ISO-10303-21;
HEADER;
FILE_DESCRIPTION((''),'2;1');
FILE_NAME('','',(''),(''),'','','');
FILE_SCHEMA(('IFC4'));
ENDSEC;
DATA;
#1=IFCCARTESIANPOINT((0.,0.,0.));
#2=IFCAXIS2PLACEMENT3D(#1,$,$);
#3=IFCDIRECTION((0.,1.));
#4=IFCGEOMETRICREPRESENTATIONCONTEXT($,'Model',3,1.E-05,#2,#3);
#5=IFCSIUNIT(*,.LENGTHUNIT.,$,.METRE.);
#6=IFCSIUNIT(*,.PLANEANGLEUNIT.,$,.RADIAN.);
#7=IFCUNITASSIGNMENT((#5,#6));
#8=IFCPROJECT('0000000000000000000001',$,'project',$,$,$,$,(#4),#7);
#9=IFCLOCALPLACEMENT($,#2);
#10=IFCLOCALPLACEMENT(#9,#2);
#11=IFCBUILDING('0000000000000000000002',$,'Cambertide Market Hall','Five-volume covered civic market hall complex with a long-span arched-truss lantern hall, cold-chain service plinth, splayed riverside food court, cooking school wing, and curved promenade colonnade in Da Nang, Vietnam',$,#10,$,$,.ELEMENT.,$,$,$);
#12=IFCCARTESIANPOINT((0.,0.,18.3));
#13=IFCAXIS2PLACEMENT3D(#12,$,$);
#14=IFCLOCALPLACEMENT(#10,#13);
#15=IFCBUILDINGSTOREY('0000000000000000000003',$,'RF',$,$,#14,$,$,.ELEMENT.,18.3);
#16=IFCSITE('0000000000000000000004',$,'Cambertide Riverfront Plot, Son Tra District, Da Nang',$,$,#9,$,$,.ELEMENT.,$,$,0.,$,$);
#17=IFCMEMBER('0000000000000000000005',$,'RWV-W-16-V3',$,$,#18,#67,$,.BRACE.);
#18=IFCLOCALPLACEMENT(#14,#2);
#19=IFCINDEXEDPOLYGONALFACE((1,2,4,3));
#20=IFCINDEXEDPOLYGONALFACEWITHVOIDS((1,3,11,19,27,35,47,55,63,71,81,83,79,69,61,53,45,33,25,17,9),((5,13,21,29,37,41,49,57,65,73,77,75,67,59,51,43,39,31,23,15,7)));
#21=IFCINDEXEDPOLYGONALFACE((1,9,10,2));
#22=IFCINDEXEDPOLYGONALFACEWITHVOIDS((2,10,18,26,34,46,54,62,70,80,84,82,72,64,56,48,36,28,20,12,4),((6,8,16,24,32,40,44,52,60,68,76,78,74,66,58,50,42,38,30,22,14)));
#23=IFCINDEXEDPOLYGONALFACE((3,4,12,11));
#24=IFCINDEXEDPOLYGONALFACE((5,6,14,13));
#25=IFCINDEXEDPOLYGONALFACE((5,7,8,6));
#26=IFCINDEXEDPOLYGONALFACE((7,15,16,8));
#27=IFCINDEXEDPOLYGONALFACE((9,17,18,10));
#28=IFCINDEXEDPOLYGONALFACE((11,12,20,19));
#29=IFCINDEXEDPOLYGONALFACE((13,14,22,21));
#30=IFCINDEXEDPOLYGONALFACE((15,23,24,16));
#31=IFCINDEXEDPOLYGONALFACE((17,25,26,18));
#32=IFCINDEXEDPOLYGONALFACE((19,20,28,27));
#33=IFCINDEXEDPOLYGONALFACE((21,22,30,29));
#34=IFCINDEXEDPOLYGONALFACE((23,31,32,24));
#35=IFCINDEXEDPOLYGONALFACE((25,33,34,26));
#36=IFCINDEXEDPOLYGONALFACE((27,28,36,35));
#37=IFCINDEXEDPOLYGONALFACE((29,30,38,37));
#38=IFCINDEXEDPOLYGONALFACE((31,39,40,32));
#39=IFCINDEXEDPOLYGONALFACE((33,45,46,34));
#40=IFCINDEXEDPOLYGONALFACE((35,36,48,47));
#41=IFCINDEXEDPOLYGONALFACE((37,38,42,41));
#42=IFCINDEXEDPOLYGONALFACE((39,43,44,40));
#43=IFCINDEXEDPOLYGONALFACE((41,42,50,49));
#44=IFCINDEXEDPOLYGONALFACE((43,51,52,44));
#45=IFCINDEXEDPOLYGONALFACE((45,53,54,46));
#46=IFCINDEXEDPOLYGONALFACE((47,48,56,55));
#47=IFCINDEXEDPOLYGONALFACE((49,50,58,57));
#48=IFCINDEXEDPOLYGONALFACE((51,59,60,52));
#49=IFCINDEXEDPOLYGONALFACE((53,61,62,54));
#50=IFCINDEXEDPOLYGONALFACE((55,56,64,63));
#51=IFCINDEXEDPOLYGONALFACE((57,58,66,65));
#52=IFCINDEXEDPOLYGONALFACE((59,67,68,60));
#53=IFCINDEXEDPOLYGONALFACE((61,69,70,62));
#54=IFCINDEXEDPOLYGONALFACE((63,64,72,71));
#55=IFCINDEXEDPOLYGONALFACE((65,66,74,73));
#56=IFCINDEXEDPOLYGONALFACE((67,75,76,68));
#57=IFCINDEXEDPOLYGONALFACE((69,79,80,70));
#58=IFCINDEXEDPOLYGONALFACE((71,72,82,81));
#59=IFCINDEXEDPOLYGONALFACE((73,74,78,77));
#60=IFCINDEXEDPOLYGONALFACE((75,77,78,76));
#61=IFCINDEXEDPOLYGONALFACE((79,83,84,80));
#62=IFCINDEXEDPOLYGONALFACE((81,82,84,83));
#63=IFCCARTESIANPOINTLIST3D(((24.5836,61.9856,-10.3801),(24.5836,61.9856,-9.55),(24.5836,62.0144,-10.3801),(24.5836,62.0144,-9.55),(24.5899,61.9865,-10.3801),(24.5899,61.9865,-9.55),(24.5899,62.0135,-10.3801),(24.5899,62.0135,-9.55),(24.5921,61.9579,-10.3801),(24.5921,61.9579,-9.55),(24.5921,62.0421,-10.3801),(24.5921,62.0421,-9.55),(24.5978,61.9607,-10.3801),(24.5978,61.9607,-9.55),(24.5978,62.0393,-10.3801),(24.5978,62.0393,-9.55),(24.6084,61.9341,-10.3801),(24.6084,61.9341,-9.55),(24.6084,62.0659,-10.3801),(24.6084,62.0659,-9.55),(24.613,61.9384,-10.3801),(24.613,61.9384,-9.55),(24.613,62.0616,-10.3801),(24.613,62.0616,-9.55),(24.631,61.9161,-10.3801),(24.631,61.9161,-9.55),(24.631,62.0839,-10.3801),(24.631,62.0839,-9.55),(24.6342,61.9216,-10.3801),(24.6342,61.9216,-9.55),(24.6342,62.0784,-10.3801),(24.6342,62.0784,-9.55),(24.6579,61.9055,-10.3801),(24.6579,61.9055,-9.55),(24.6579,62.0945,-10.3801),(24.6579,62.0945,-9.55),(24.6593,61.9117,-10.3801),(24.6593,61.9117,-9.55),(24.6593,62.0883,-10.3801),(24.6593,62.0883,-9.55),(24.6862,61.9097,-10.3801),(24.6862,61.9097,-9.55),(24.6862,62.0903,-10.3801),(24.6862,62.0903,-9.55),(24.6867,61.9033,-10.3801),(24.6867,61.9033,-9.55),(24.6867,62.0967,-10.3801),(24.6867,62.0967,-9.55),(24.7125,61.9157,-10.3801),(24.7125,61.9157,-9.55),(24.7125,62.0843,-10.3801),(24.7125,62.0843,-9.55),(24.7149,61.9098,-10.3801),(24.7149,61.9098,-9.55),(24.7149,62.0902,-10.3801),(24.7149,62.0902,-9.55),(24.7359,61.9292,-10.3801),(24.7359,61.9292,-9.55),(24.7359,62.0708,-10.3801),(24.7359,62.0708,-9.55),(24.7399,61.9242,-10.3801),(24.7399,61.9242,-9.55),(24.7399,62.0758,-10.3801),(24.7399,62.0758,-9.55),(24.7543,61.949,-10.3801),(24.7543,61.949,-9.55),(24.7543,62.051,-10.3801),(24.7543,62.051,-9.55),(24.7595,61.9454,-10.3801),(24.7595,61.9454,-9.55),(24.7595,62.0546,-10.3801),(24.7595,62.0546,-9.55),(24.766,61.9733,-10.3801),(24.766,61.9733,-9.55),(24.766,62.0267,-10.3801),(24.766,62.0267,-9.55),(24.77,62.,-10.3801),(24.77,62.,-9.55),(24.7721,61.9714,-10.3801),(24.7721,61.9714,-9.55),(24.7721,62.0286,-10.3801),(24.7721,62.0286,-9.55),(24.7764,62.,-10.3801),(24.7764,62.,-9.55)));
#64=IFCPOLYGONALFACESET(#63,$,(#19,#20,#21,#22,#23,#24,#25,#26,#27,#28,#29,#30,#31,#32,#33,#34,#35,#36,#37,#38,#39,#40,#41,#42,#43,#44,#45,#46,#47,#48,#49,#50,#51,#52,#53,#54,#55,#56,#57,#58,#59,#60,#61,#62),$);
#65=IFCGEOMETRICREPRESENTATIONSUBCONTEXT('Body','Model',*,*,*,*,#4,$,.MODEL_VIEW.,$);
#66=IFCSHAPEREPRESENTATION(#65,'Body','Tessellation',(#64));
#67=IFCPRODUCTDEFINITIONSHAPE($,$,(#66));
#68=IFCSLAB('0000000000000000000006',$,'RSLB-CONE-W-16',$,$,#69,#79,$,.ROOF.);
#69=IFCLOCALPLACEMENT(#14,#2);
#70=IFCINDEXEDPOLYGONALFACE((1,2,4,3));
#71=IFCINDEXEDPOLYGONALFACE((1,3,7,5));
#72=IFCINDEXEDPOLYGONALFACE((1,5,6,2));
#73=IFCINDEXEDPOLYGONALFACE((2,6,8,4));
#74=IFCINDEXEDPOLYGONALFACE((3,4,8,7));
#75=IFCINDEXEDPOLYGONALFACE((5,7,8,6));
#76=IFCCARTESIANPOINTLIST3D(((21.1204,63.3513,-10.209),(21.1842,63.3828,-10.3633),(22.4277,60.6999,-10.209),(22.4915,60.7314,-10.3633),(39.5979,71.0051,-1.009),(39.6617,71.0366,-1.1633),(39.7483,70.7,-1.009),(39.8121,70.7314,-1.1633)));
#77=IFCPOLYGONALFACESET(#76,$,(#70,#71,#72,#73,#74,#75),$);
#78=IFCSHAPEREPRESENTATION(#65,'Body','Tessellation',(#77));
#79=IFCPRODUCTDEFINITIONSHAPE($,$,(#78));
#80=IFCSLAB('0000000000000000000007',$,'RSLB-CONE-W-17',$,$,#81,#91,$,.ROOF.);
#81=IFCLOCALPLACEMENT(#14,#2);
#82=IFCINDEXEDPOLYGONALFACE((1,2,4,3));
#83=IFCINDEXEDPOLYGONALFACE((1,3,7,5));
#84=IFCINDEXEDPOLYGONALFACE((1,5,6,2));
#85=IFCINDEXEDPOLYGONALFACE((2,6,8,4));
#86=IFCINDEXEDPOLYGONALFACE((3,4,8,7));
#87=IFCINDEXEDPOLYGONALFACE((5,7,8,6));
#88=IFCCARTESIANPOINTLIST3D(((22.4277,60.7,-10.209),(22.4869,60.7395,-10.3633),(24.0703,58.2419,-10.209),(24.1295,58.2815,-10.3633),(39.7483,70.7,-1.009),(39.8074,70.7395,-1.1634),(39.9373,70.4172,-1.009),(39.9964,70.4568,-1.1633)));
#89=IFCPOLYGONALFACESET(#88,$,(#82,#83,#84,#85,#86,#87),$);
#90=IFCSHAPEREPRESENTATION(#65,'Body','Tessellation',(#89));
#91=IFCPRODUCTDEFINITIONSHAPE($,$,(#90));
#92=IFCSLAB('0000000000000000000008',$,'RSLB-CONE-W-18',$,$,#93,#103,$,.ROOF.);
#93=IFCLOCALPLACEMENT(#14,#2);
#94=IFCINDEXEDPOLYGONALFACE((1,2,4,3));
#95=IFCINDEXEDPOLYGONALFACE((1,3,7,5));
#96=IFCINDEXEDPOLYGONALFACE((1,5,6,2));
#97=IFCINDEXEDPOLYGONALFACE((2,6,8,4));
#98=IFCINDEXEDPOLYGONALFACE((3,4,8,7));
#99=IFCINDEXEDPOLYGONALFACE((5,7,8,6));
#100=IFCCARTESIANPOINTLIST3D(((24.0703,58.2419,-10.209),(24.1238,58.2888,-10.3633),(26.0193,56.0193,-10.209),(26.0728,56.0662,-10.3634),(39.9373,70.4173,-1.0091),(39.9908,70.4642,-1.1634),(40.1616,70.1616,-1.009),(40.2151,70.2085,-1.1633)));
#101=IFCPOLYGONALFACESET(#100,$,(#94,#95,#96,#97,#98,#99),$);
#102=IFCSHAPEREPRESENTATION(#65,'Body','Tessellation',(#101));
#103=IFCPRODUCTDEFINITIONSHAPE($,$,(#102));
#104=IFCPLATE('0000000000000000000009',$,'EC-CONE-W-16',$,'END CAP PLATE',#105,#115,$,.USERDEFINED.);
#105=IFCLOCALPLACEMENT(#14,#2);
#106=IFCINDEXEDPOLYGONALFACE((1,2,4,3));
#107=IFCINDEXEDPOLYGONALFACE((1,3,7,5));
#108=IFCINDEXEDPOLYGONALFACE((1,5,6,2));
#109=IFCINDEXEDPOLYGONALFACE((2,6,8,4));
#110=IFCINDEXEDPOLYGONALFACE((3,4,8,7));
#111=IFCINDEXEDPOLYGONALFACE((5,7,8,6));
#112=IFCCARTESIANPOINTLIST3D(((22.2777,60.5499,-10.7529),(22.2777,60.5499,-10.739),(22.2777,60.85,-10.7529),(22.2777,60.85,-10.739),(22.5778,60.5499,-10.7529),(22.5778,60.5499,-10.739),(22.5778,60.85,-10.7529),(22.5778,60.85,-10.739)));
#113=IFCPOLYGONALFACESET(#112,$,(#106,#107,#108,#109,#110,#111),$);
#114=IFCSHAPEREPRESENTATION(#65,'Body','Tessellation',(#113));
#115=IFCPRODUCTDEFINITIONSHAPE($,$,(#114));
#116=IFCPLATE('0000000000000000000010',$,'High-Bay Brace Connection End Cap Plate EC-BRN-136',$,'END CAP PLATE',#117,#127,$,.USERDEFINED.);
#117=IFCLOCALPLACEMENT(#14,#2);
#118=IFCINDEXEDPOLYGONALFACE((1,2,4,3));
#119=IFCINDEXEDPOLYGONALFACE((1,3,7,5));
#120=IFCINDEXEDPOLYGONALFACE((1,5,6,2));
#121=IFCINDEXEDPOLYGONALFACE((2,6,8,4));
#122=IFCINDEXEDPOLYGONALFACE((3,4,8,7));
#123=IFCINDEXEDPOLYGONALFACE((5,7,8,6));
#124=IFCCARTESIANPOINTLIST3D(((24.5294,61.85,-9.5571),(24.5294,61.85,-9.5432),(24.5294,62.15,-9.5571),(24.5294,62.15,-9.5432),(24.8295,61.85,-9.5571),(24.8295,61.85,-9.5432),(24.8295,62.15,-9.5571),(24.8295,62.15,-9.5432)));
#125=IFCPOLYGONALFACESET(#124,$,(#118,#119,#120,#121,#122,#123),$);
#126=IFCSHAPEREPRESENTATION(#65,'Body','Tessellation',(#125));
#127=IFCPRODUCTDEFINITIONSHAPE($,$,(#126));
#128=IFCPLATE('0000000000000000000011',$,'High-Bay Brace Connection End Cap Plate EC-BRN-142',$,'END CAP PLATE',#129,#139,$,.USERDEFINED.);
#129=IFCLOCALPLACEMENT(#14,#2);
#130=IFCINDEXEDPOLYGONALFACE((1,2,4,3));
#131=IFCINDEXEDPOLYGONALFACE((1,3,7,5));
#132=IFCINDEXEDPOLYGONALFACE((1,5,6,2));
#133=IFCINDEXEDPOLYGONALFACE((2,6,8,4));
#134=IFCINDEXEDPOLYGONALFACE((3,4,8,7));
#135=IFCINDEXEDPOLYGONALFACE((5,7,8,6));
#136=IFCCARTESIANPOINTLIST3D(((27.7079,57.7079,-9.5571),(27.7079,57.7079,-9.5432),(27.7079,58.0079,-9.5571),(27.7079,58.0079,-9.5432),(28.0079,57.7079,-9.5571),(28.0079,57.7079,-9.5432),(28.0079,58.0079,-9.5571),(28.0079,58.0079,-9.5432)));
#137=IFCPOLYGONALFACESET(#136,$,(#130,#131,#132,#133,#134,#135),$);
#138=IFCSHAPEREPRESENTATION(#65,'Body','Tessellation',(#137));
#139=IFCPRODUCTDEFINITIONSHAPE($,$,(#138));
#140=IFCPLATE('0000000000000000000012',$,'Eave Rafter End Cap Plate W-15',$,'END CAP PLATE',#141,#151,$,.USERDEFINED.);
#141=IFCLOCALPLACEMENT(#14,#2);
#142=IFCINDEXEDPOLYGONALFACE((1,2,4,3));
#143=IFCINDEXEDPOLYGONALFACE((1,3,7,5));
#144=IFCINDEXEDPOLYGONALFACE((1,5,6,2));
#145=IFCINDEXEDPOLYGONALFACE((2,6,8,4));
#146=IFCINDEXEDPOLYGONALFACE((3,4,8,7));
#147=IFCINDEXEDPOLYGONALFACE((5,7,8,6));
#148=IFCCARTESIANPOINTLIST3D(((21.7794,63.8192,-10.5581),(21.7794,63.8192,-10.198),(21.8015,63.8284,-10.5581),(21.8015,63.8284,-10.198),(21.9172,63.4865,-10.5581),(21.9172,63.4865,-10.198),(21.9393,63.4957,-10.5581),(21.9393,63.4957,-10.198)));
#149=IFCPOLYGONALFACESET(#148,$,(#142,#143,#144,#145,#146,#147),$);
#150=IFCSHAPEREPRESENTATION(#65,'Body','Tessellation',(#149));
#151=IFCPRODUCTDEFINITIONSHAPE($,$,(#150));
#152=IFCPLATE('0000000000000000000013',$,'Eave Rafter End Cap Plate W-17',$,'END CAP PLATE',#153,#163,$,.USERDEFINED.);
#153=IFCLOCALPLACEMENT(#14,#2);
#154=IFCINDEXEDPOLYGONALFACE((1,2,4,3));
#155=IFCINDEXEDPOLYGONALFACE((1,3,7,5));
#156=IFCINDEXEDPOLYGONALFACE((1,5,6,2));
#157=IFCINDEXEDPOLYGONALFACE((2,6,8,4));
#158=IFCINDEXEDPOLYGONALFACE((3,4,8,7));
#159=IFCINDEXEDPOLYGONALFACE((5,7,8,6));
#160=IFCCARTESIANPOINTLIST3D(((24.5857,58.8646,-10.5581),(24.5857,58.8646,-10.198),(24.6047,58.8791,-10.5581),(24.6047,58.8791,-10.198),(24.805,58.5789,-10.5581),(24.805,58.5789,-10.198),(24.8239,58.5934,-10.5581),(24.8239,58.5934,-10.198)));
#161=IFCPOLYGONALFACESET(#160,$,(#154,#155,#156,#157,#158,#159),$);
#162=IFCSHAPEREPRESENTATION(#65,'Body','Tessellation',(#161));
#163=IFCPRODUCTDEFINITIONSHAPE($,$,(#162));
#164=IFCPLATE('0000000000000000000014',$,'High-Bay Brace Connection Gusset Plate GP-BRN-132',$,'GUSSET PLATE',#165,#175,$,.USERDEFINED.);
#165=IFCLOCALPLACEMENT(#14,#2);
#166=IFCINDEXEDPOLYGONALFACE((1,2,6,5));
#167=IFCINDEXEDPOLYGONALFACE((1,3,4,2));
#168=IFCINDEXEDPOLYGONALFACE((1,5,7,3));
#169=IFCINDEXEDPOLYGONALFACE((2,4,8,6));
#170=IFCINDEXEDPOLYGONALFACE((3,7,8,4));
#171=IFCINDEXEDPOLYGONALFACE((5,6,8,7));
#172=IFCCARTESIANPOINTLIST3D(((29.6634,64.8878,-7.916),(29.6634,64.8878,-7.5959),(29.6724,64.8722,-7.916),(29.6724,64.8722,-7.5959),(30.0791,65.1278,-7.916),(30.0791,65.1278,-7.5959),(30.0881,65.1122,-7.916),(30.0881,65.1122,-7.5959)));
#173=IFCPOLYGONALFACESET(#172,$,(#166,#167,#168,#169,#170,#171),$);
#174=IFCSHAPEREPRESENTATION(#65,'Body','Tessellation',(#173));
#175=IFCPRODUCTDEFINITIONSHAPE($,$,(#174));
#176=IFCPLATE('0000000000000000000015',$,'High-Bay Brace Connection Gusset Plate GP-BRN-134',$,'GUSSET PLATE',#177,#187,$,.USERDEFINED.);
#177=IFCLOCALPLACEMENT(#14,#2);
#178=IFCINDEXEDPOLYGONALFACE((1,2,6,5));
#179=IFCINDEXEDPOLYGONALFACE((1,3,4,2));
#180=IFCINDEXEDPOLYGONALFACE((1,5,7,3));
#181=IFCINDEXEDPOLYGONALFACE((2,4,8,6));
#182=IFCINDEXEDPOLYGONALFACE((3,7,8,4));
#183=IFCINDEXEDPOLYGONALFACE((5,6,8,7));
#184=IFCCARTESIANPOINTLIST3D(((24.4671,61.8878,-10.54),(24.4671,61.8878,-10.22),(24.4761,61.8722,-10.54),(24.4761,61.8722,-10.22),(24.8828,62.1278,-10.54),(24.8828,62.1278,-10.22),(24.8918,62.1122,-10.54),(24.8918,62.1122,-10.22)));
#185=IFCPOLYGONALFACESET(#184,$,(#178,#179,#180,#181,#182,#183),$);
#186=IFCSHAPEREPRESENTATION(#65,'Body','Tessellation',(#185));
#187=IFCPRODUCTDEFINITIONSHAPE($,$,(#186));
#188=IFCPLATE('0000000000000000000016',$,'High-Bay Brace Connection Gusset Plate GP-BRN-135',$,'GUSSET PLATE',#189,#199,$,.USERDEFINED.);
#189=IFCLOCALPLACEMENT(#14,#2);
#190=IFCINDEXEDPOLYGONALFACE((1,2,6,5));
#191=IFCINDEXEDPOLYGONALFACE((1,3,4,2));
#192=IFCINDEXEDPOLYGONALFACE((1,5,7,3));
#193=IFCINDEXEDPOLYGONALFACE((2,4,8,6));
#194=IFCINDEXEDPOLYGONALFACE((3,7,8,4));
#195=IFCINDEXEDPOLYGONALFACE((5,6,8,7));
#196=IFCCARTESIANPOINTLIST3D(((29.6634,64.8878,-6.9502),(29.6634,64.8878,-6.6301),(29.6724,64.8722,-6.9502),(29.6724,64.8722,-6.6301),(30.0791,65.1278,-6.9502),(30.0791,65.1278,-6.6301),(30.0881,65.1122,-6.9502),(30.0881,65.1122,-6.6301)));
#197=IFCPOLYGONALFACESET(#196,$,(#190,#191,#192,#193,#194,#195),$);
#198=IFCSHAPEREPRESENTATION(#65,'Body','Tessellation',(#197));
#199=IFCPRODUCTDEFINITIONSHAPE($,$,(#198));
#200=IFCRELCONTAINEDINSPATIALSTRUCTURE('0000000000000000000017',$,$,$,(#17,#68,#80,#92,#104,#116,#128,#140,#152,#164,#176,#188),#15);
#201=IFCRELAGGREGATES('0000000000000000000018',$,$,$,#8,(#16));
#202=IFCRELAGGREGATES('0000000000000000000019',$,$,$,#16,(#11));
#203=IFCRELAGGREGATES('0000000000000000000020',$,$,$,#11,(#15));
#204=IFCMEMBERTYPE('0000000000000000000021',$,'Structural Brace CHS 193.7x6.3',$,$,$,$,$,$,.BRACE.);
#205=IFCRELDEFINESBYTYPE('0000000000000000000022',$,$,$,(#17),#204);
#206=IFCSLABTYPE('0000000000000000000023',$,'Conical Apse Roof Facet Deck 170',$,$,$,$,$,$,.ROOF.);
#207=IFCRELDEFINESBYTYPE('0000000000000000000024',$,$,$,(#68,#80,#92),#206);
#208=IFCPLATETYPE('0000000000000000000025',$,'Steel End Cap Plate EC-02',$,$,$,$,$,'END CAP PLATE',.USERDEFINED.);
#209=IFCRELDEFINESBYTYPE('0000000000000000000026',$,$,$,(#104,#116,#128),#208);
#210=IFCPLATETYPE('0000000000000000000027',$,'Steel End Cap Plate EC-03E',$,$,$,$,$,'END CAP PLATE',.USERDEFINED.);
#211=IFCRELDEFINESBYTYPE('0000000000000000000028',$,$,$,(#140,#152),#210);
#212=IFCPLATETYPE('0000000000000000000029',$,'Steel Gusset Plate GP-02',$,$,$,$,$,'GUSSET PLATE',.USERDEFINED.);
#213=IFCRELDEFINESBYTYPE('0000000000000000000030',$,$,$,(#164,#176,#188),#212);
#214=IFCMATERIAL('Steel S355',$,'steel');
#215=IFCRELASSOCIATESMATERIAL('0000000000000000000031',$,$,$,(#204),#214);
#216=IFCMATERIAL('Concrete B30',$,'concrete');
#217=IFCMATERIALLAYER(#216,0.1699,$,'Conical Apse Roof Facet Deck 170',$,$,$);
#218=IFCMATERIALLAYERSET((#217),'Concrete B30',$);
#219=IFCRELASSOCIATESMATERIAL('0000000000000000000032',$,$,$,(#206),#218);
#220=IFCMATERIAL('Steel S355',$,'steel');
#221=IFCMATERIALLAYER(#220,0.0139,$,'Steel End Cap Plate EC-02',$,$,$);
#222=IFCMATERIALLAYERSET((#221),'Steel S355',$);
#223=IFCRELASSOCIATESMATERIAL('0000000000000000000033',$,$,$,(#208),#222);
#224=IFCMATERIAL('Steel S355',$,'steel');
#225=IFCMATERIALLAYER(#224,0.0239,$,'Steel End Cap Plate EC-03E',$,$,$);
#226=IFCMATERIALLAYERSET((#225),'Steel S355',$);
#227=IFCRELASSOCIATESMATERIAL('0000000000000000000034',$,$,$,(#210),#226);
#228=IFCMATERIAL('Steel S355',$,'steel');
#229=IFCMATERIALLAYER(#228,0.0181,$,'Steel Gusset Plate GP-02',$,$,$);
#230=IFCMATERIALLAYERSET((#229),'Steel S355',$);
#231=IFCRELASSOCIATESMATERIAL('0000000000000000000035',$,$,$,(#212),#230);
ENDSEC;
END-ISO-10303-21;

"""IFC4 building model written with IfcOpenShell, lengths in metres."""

from ifc_helpers import new_model, si_unit, direction, frame, origin, origin_2d, place, context, subcontext, project, spatial, polyline, rectangle, hollow_circle, outline, extrude, material, layer, layer_set, material_profile, profile_set, type_object, element, save


model = new_model("IFC4")

# Units and contexts
model_context = context("Model", 3, precision=1e-05, world=origin(), true_north=direction((0.0, 1.0)))
body_context = subcontext(model_context, "Body", "Model", "MODEL_VIEW")
ifc_project = project(units=[si_unit("LENGTHUNIT", "METRE"), si_unit("PLANEANGLEUNIT", "RADIAN")], contexts=[model_context])

# Site, building, storey
site_placement = place(None, origin())
site = spatial("IfcSite", under=ifc_project, at=site_placement, Name="Cambertide Riverfront Plot, Son Tra District, Da Nang", CompositionType="ELEMENT", RefElevation=0.0)
building_placement = place(site_placement, origin())
building = spatial("IfcBuilding", under=site, at=building_placement, Name="Cambertide Market Hall", Description="Five-volume covered civic market hall complex with a long-span arched-truss lantern hall, cold-chain service plinth, splayed riverside food court, cooking school wing, and curved promenade colonnade in Da Nang, Vietnam", CompositionType="ELEMENT")
storey_placement = place(building_placement, frame((0.0, 0.0, 18.3)))
storey = spatial("IfcBuildingStorey", under=building, at=storey_placement, Name="RF", CompositionType="ELEMENT", Elevation=18.3)

# Member
ifc_material_1 = material(Name="Steel S355", Category="steel")
ifc_material_profile_1 = material_profile(ifc_material_1, hollow_circle(Radius=0.0969, WallThickness=0.0063, at=origin_2d()), Name="CHS 193.7x6.3")
ifc_profile_set_1 = profile_set([ifc_material_profile_1], Name="Steel S355")
member_type_1 = type_object("IfcMemberType", Name="Structural Brace CHS 193.7x6.3", PredefinedType="BRACE", material=ifc_profile_set_1)
member_1_placement = place(storey_placement, frame((24.6794, 62.0, -10.3801), z_axis=(0.0, 0.0, 1.0), x_axis=(1.0, 0.0, 0.0)))
element("IfcMember", 1, at=member_1_placement, inside=storey, type_object=member_type_1, Name="RWV-W-16-V3", PredefinedType="BRACE", context=body_context, shape_type="SweptSolid", body=[
    extrude(hollow_circle(Radius=0.0969, WallThickness=0.0063, at=origin_2d()), origin(), (0.0, 0.0, 1.0), 0.8301),
])

# Slabs
ifc_material_2 = material(Name="Concrete B30", Category="concrete")
ifc_layer_1 = layer(ifc_material_2, 0.1699, Name="Conical Apse Roof Facet Deck 170")
ifc_layer_set_1 = layer_set([ifc_layer_1], Name="Concrete B30")
slab_type = type_object("IfcSlabType", Name="Conical Apse Roof Facet Deck 170", PredefinedType="ROOF", material=ifc_layer_set_1)
slab_1_placement = place(storey_placement, frame((21.1204, 63.3513, -10.209), z_axis=(-0.375482, -0.185136, 0.908151), x_axis=(0.442248, -0.896893, 0.000009)))
element("IfcSlab", 2, at=slab_1_placement, inside=storey, type_object=slab_type, Name="RSLB-CONE-W-16", PredefinedType="ROOF", context=body_context, shape_type="SweptSolid", body=[
    extrude(outline(polyline([(0.0, 0.0), (2.9562, 0.0), (1.6473, 21.9756), (1.3071, 21.9757), (0.0, 0.0)])), origin(), (0.0, 0.0, -1.0), 0.1699),
])
slab_2_placement = place(storey_placement, frame((22.4277, 60.7, -10.209), z_axis=(-0.348075, -0.232608, 0.908151), x_axis=(0.555616, -0.831439, -0.000004)))
element("IfcSlab", 3, at=slab_2_placement, inside=storey, type_object=slab_type, Name="RSLB-CONE-W-17", PredefinedType="ROOF", context=body_context, shape_type="SweptSolid", body=[
    extrude(outline(polyline([(0.0, 0.0), (2.9563, 0.0), (1.6492, 21.9756), (1.3092, 21.9756), (0.0, 0.0)])), origin(), (0.0, 0.0, -1.0), 0.1699),
])
slab_3_placement = place(storey_placement, frame((24.0703, 58.2419, -10.209), z_axis=(-0.314754, -0.276026, 0.908152), x_axis=(0.659306, -0.751875, -0.000019)))
element("IfcSlab", 4, at=slab_3_placement, inside=storey, type_object=slab_type, Name="RSLB-CONE-W-18", PredefinedType="ROOF", context=body_context, shape_type="SweptSolid", body=[
    extrude(outline(polyline([(0.0, 0.0), (2.9561, 0.0), (1.6468, 21.9758), (1.3067, 21.9757), (0.0, 0.0)])), origin(), (0.0, 0.0, -1.0), 0.1699),
])

# Plates
ifc_material_3 = material(Name="Steel S355", Category="steel")
ifc_layer_2 = layer(ifc_material_3, 0.0139, Name="Steel End Cap Plate EC-02")
ifc_layer_set_2 = layer_set([ifc_layer_2], Name="Steel S355")
plate_type_1 = type_object("IfcPlateType", Name="Steel End Cap Plate EC-02", ElementType="END CAP PLATE", PredefinedType="USERDEFINED", material=ifc_layer_set_2)
for number, where, z_axis, x_axis, name in (
    (5, (22.4277, 60.7, -10.7529), (0.0, 0.0, 1.0), (1.0, 0.0, 0.0), "EC-CONE-W-16"),
    (6, (24.6794, 62.0, -9.5571), (0.0, 0.0, 1.0), (1.0, 0.0, 0.0), "High-Bay Brace Connection End Cap Plate EC-BRN-136"),
    (7, (27.8579, 57.8579, -9.5571), (0.0, 0.0, 1.0), (1.0, 0.0, 0.0), "High-Bay Brace Connection End Cap Plate EC-BRN-142"),
):
    element("IfcPlate", number, at=place(storey_placement, frame(where, z_axis=z_axis, x_axis=x_axis)), inside=storey, type_object=plate_type_1, Name=name, ObjectType="END CAP PLATE", PredefinedType="USERDEFINED", context=body_context, shape_type="SweptSolid", body=[
        extrude(rectangle(XDim=0.3, YDim=0.3, at=origin_2d()), origin(), (0.0, 0.0, 1.0), 0.0139),
    ])
ifc_material_4 = material(Name="Steel S355", Category="steel")
ifc_layer_3 = layer(ifc_material_4, 0.0239, Name="Steel End Cap Plate EC-03E")
ifc_layer_set_3 = layer_set([ifc_layer_3], Name="Steel S355")
plate_type_2 = type_object("IfcPlateType", Name="Steel End Cap Plate EC-03E", ElementType="END CAP PLATE", PredefinedType="USERDEFINED", material=ifc_layer_set_3)
for number, where, z_axis, x_axis, name in (
    (8, (21.8594, 63.6575, -10.5581), (0.0, 0.0, 1.0), (-0.92388, -0.382683, 0.0), "Eave Rafter End Cap Plate W-15"),
    (9, (24.7048, 58.729, -10.5581), (0.0, 0.0, 1.0), (-0.793353, -0.608761, 0.0), "Eave Rafter End Cap Plate W-17"),
):
    element("IfcPlate", number, at=place(storey_placement, frame(where, z_axis=z_axis, x_axis=x_axis)), inside=storey, type_object=plate_type_2, Name=name, ObjectType="END CAP PLATE", PredefinedType="USERDEFINED", context=body_context, shape_type="SweptSolid", body=[
        extrude(rectangle(XDim=0.0239, YDim=0.3601, at=origin_2d()), origin(), (0.0, 0.0, 1.0), 0.3601),
    ])
ifc_material_5 = material(Name="Steel S355", Category="steel")
ifc_layer_4 = layer(ifc_material_5, 0.0181, Name="Steel Gusset Plate GP-02")
ifc_layer_set_4 = layer_set([ifc_layer_4], Name="Steel S355")
plate_type_3 = type_object("IfcPlateType", Name="Steel Gusset Plate GP-02", ElementType="GUSSET PLATE", PredefinedType="USERDEFINED", material=ifc_layer_set_4)
for number, where, z_axis, x_axis, name in (
    (10, (29.8757, 65.0, -7.916), (0.0, 0.0, 1.0), (0.866025, 0.5, 0.0), "High-Bay Brace Connection Gusset Plate GP-BRN-132"),
    (11, (24.6794, 62.0, -10.54), (0.0, 0.0, 1.0), (0.866025, 0.5, 0.0), "High-Bay Brace Connection Gusset Plate GP-BRN-134"),
    (12, (29.8757, 65.0, -6.9502), (0.0, 0.0, 1.0), (0.866025, 0.5, 0.0), "High-Bay Brace Connection Gusset Plate GP-BRN-135"),
):
    element("IfcPlate", number, at=place(storey_placement, frame(where, z_axis=z_axis, x_axis=x_axis)), inside=storey, type_object=plate_type_3, Name=name, ObjectType="GUSSET PLATE", PredefinedType="USERDEFINED", context=body_context, shape_type="SweptSolid", body=[
        extrude(rectangle(XDim=0.48, YDim=0.0181, at=origin_2d()), origin(), (0.0, 0.0, 1.0), 0.3201),
    ])

save(model, "model.ifc")
